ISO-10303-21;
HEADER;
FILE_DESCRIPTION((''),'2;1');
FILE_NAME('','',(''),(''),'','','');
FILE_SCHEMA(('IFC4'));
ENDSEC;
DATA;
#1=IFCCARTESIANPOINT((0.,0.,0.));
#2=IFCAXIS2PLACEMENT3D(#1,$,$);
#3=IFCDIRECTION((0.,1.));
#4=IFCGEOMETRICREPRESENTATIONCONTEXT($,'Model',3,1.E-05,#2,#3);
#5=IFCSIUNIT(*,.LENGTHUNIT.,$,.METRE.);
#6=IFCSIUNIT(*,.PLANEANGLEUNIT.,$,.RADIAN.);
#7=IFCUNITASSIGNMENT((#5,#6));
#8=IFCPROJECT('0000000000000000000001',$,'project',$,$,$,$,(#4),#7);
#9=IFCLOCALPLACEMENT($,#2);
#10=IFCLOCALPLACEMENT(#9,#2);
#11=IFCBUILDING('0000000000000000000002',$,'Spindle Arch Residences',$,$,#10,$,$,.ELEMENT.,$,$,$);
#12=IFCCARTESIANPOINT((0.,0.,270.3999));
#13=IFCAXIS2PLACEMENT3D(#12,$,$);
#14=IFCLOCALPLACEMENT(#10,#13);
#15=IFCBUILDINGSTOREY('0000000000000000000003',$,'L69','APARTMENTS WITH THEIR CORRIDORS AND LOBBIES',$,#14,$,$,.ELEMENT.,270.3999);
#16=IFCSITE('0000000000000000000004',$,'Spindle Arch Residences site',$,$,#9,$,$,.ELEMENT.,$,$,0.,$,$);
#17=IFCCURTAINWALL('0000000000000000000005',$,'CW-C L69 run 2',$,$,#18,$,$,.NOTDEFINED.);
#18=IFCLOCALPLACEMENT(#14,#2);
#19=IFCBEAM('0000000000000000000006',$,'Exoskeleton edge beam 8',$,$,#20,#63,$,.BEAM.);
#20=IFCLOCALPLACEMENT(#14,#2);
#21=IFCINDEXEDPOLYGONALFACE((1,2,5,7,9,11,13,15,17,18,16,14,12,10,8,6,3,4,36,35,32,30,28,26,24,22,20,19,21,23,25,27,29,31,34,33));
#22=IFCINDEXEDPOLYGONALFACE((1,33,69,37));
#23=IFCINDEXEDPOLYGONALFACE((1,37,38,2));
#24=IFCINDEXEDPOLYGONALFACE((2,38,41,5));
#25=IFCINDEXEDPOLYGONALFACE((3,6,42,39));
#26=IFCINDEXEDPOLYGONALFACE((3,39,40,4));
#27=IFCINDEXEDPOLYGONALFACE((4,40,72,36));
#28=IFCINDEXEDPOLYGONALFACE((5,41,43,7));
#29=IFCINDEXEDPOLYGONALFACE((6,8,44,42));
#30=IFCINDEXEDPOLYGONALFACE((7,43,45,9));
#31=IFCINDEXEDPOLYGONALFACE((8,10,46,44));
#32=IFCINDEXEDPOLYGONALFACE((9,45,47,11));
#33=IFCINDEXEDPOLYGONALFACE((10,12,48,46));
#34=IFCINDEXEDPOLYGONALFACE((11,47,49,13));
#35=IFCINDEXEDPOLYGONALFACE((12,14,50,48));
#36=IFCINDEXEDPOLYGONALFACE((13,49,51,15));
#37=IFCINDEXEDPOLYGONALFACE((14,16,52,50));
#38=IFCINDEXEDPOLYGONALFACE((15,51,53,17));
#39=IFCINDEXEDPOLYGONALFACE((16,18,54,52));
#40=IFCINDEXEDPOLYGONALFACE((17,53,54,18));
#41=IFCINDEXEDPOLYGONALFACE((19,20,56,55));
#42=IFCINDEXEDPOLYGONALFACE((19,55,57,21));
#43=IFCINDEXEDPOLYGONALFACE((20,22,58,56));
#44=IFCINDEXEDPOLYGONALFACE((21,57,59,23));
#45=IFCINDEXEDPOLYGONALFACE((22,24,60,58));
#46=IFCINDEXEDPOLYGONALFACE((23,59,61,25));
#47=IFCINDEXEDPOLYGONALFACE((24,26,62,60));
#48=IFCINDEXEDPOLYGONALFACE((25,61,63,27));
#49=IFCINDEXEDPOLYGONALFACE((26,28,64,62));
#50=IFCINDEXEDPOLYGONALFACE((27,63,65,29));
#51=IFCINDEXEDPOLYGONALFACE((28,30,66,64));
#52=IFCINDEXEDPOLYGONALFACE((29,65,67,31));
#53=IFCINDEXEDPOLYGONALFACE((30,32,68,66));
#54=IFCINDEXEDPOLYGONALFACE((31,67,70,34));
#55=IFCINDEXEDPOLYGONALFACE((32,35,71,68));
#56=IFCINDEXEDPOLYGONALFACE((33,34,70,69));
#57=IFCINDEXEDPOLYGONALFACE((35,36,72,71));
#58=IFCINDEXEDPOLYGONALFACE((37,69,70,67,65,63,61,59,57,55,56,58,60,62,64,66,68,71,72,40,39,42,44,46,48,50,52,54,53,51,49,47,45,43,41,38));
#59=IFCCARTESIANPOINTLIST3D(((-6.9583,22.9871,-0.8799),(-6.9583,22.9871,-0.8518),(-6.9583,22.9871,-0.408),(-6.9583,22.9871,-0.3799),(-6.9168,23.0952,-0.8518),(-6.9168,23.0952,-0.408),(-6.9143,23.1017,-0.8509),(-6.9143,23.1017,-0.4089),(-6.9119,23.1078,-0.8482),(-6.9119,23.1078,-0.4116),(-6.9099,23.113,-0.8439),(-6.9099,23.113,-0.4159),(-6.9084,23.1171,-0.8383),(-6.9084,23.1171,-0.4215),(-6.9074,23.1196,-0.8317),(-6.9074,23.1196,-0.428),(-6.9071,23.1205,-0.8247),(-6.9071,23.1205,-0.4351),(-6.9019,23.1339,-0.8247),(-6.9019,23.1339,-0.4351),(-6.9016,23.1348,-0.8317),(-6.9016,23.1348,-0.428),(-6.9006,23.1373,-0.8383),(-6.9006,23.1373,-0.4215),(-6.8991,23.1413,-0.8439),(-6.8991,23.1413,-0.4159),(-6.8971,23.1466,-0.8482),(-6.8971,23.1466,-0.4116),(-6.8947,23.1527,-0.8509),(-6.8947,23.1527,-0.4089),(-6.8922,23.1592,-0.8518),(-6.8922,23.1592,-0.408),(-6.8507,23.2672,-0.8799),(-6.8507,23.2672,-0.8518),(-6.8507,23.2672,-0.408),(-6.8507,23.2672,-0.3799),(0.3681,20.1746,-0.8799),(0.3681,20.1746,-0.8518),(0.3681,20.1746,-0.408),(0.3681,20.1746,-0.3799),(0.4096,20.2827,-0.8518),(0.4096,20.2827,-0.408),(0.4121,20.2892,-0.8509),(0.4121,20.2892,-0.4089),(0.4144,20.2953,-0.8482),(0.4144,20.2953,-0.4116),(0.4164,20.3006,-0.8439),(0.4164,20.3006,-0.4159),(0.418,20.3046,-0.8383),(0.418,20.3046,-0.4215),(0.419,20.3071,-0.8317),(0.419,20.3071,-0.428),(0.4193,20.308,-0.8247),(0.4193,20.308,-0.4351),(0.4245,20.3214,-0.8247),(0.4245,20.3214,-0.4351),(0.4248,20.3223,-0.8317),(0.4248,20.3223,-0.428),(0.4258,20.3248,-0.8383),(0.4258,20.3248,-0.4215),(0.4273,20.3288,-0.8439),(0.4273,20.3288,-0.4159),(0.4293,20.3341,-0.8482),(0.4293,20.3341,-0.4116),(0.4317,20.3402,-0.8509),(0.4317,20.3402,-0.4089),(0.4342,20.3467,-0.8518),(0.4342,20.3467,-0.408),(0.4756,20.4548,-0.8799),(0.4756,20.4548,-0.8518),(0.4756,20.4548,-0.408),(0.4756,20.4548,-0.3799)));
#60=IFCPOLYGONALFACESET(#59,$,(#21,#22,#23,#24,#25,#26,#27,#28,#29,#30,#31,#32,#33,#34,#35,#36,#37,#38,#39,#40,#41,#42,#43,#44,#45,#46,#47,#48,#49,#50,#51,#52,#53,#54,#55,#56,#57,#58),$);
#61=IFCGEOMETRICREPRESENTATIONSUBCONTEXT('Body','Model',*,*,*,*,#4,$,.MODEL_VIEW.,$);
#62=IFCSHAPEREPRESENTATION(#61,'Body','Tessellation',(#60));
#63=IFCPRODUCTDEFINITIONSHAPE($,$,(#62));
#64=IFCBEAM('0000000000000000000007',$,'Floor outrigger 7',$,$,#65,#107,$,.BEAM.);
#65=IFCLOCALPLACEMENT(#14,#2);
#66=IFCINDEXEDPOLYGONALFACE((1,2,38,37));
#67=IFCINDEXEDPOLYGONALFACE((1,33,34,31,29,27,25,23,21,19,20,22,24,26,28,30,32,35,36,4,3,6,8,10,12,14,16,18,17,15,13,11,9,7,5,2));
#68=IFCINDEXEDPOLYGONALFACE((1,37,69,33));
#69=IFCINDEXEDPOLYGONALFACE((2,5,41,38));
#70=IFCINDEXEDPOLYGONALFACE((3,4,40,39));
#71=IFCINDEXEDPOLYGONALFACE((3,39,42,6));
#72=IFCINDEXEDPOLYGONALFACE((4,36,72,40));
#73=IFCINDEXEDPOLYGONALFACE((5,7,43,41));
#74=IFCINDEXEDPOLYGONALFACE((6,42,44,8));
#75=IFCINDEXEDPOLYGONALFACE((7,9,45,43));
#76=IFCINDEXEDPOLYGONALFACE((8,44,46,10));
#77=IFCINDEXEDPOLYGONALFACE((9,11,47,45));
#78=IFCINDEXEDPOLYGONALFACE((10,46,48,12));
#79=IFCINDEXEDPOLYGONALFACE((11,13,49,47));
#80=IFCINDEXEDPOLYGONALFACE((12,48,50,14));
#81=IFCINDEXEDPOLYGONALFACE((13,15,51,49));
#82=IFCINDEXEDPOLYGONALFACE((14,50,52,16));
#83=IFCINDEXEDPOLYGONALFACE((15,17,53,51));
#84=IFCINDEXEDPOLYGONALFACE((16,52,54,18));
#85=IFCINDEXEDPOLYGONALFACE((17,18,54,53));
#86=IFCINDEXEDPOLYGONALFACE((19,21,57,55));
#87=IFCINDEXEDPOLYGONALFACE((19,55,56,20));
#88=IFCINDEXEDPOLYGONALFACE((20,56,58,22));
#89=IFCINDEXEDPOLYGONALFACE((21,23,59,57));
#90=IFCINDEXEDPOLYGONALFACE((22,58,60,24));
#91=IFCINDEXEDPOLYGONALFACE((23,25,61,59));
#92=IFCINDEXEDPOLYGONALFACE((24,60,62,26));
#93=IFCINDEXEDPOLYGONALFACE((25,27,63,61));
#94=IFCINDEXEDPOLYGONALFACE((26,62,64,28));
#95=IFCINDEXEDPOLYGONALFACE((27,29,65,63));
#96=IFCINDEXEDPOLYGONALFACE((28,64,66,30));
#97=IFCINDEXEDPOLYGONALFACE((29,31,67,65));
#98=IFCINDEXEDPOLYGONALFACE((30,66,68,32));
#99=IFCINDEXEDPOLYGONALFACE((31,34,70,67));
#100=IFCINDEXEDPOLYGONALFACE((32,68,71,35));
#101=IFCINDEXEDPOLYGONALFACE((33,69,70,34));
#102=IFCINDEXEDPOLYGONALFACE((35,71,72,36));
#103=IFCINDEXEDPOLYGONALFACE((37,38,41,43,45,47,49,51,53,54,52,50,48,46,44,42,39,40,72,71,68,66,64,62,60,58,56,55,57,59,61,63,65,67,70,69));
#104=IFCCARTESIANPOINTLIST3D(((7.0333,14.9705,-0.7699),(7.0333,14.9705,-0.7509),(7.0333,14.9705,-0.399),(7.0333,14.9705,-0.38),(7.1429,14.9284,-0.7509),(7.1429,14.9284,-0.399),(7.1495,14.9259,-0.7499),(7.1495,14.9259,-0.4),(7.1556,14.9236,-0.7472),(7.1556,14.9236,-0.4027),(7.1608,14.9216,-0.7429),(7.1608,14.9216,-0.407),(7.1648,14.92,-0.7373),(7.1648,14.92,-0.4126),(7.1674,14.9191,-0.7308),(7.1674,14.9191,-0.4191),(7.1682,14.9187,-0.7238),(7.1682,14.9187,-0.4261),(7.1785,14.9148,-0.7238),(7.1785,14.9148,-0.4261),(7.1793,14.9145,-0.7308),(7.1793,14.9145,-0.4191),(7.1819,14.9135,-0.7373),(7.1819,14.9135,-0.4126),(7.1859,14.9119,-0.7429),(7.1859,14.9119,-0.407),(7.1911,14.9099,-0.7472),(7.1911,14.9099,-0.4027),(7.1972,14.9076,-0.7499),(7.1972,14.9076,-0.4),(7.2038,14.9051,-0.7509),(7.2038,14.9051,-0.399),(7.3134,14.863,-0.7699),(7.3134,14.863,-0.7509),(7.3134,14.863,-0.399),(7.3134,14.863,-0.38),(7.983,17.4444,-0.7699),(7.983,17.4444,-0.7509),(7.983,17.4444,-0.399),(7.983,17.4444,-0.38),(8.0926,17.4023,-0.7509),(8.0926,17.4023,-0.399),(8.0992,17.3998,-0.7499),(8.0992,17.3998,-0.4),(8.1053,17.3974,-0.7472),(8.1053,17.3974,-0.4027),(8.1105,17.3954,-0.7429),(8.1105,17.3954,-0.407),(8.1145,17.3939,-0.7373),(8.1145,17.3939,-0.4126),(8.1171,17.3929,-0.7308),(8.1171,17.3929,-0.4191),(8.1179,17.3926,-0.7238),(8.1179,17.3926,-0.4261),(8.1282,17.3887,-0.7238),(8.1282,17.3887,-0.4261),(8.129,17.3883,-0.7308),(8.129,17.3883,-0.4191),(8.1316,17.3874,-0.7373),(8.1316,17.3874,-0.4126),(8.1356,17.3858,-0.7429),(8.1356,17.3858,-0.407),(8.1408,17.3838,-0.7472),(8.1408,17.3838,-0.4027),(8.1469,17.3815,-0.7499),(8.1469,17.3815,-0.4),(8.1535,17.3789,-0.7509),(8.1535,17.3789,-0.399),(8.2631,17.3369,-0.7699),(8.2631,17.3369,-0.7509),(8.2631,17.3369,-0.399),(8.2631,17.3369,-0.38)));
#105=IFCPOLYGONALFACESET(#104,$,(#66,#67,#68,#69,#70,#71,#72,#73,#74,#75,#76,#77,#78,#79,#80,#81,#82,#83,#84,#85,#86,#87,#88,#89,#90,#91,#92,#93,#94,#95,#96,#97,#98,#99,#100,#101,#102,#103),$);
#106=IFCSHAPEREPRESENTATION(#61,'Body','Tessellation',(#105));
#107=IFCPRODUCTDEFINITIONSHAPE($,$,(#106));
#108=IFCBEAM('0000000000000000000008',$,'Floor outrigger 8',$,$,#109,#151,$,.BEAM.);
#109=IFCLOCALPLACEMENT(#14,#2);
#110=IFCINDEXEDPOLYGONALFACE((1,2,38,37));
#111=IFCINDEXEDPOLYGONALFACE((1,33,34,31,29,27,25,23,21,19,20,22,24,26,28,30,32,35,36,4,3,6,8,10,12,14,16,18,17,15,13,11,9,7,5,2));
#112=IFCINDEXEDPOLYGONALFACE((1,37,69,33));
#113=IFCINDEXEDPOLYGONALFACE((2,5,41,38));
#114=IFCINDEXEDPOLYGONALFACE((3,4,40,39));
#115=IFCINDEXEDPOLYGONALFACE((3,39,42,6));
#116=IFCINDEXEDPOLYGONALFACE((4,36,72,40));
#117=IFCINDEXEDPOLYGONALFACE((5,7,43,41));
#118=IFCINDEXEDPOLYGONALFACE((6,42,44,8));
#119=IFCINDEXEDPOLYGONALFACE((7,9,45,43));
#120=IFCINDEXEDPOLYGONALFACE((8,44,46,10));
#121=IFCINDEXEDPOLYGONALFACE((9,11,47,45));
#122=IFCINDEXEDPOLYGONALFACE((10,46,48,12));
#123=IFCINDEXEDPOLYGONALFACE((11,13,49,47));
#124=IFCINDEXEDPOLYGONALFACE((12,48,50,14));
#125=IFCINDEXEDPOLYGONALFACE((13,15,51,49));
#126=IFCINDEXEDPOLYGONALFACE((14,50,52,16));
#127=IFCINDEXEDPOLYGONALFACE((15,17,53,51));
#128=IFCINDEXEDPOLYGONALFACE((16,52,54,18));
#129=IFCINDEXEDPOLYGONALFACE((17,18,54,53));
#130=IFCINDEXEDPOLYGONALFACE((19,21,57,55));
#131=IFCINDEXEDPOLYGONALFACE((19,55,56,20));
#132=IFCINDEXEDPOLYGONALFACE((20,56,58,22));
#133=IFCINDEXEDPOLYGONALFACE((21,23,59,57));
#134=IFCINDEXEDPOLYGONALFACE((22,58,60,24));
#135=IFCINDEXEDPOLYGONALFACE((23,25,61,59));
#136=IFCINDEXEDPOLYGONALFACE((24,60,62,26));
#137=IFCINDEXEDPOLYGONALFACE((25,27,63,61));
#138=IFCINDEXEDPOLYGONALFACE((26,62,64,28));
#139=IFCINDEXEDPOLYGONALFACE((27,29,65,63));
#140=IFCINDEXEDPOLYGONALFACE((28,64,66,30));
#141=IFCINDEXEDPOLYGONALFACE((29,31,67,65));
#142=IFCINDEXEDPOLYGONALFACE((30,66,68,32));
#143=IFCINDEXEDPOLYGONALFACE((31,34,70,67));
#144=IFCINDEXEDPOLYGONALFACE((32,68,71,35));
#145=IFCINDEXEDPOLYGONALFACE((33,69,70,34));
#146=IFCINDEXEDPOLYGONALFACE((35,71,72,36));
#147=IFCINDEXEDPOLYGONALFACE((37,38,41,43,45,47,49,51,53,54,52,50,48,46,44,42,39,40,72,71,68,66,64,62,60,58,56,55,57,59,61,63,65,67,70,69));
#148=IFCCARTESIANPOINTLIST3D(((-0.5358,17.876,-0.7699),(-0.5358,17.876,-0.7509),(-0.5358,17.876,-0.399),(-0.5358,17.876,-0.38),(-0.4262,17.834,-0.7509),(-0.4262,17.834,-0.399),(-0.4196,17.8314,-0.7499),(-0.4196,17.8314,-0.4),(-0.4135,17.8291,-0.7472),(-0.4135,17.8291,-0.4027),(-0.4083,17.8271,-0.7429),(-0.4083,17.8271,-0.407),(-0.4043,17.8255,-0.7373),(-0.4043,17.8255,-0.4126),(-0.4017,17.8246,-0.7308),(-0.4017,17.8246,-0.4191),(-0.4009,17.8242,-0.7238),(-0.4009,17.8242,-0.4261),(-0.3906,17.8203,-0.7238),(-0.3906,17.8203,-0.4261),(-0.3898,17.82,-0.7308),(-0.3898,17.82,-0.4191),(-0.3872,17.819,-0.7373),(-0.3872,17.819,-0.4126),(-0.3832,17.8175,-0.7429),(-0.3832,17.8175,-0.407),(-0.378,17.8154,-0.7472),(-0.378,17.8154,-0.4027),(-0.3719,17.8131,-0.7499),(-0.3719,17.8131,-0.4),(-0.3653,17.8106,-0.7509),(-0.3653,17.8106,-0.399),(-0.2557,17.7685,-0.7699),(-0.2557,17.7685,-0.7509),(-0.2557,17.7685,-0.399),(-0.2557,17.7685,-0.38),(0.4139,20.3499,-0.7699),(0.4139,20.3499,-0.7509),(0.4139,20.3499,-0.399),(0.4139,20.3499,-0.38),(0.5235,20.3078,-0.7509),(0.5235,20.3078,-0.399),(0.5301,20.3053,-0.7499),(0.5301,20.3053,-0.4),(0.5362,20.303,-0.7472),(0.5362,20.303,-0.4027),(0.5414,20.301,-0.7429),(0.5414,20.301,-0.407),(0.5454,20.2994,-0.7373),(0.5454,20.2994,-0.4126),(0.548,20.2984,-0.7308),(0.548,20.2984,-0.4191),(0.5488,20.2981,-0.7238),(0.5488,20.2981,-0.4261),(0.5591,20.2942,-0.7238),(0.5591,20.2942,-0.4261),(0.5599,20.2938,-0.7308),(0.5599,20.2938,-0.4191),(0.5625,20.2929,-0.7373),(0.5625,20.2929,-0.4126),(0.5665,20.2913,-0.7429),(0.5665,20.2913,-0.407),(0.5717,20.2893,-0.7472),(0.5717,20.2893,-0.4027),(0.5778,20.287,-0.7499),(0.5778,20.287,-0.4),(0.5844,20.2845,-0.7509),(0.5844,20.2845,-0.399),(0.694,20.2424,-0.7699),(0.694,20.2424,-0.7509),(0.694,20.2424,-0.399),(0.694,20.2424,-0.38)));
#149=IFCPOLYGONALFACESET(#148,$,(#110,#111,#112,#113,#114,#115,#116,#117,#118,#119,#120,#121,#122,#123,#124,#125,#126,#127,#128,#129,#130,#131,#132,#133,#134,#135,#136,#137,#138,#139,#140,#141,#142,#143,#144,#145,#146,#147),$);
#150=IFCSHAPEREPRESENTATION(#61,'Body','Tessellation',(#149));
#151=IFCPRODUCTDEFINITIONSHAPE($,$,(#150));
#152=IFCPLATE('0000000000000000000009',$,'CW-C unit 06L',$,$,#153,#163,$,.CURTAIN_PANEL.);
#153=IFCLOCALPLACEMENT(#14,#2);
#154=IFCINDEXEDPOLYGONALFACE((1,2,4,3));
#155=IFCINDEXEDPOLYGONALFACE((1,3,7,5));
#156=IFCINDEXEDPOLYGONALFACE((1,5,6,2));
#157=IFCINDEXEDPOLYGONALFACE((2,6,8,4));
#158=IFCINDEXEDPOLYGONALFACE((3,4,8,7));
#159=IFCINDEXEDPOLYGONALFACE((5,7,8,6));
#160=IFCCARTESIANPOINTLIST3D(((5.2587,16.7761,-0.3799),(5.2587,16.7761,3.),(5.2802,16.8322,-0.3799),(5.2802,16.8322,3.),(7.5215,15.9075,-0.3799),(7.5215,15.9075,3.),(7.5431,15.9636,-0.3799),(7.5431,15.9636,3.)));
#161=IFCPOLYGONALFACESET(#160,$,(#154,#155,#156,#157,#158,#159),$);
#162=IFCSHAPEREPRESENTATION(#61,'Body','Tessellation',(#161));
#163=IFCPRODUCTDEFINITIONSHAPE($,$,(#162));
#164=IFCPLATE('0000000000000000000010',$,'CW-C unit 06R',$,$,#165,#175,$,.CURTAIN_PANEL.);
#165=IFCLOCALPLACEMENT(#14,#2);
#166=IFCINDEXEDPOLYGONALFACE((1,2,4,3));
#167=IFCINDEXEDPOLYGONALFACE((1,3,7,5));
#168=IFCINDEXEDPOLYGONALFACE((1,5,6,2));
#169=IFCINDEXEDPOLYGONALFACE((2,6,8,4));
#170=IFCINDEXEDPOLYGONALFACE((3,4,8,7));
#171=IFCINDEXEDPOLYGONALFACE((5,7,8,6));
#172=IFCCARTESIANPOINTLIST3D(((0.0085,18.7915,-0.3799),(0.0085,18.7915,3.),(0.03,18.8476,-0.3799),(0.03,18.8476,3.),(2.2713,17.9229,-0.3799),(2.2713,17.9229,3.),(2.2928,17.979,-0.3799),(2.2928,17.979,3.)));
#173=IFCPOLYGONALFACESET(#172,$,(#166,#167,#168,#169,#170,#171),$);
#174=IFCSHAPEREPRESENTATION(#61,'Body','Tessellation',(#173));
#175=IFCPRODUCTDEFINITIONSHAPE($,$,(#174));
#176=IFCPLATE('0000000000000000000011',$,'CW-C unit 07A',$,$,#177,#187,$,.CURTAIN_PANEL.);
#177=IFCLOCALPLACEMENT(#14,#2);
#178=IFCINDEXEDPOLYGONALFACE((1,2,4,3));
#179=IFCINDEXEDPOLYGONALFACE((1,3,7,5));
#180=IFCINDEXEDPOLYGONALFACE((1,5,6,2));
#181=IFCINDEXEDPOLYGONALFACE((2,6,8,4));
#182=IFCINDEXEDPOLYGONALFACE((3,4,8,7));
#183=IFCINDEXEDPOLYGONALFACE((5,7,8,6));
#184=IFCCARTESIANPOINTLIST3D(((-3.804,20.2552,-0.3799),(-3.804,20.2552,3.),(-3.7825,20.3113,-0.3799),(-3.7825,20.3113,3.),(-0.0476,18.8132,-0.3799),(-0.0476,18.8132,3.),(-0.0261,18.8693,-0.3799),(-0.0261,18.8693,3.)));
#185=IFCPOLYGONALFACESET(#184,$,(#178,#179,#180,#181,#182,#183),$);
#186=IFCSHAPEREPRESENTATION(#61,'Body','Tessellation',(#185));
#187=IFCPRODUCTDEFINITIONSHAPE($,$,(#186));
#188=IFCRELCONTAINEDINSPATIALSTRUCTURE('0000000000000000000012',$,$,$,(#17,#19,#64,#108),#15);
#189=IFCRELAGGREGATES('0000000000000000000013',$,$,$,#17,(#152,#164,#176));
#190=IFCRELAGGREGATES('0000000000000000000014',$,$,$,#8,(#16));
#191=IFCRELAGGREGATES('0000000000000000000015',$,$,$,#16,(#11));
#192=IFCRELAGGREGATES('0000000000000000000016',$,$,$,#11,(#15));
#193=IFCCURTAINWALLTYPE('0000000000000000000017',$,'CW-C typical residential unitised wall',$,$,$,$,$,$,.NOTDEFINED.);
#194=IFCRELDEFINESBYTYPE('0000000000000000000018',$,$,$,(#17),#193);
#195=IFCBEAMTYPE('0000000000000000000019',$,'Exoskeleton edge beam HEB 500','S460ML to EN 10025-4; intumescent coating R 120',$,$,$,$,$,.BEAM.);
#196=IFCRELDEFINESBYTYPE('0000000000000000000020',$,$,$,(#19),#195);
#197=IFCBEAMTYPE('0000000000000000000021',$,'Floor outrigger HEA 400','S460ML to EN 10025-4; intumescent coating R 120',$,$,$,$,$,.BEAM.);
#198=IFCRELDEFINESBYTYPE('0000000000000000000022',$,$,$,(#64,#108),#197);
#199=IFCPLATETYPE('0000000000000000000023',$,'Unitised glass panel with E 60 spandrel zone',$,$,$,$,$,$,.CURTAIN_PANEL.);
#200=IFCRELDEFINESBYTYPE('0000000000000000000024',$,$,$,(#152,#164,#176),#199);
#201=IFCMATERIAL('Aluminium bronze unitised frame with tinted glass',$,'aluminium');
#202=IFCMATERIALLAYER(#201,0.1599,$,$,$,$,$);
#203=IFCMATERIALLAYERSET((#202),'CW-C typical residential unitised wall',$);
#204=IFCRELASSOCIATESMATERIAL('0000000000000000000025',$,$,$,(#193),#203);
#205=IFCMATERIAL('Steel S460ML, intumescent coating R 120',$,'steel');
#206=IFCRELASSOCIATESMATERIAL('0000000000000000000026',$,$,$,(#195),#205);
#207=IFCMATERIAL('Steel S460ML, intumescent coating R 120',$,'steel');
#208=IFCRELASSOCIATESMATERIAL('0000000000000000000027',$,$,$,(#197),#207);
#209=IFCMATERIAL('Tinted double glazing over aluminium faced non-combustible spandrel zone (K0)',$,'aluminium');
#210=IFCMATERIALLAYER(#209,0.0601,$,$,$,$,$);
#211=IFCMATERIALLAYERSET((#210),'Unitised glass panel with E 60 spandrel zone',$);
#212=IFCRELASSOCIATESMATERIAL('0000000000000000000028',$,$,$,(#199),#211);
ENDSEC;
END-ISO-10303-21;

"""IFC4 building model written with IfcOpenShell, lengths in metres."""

from ifc_helpers import new_model, si_unit, direction, frame, origin, origin_2d, place, context, subcontext, project, spatial, rectangle, i_section, extrude, material, layer, layer_set, material_profile, profile_set, type_object, element, aggregate, save


model = new_model("IFC4")

# Units and contexts
model_context = context("Model", 3, precision=1e-05, world=origin(), true_north=direction((0.0, 1.0)))
body_context = subcontext(model_context, "Body", "Model", "MODEL_VIEW")
ifc_project = project(units=[si_unit("LENGTHUNIT", "METRE"), si_unit("PLANEANGLEUNIT", "RADIAN")], contexts=[model_context])

# Site, building, storey
site_placement = place(None, origin())
site = spatial("IfcSite", under=ifc_project, at=site_placement, Name="Spindle Arch Residences site", CompositionType="ELEMENT", RefElevation=0.0)
building_placement = place(site_placement, origin())
building = spatial("IfcBuilding", under=site, at=building_placement, Name="Spindle Arch Residences", CompositionType="ELEMENT")
storey_placement = place(building_placement, frame((0.0, 0.0, 270.3999)))
storey = spatial("IfcBuildingStorey", under=building, at=storey_placement, Name="L69", Description="APARTMENTS WITH THEIR CORRIDORS AND LOBBIES", CompositionType="ELEMENT", Elevation=270.3999)

# Curtain wall
ifc_material_1 = material(Name="Aluminium bronze unitised frame with tinted glass", Category="aluminium")
ifc_layer_1 = layer(ifc_material_1, 0.1599)
ifc_layer_set_1 = layer_set([ifc_layer_1], Name="CW-C typical residential unitised wall")
curtain_wall_type = type_object("IfcCurtainWallType", Name="CW-C typical residential unitised wall", PredefinedType="NOTDEFINED", material=ifc_layer_set_1)
curtain_wall_placement = place(storey_placement, origin())
curtain_wall = element("IfcCurtainWall", 1, at=curtain_wall_placement, inside=storey, type_object=curtain_wall_type, Name="CW-C L69 run 2", PredefinedType="NOTDEFINED")

# Beams
ifc_material_2 = material(Name="Steel S460ML, intumescent coating R 120", Category="steel")
ifc_material_profile_1 = material_profile(ifc_material_2, i_section(OverallWidth=0.3, OverallDepth=0.5, WebThickness=0.0144, FlangeThickness=0.0281, FilletRadius=0.0271, at=origin_2d()), Name="HEB 500")
ifc_profile_set_1 = profile_set([ifc_material_profile_1], Name="Steel S460ML, intumescent coating R 120")
beam_type_1 = type_object("IfcBeamType", Name="Exoskeleton edge beam HEB 500", Description="S460ML to EN 10025-4; intumescent coating R 120", PredefinedType="BEAM", material=ifc_profile_set_1)
for number, where, z_axis, x_axis, name in (
    (2, (0.4219, 20.3147, -0.6299), (-0.933574, 0.358385, 0.0), (-0.358385, -0.933574, 0.0), "Exoskeleton edge beam 8"),
):
    element("IfcBeam", number, at=place(storey_placement, frame(where, z_axis=z_axis, x_axis=x_axis)), inside=storey, type_object=beam_type_1, Name=name, PredefinedType="BEAM", context=body_context, shape_type="SweptSolid", body=[
        extrude(i_section(OverallWidth=0.3, OverallDepth=0.5, WebThickness=0.0144, FlangeThickness=0.0281, FilletRadius=0.0271, at=origin_2d()), origin(), (0.0, 0.0, 1.0), 7.8477),
    ])
ifc_material_3 = material(Name="Steel S460ML, intumescent coating R 120", Category="steel")
ifc_material_profile_2 = material_profile(ifc_material_3, i_section(OverallWidth=0.3, OverallDepth=0.3899, WebThickness=0.011, FlangeThickness=0.019, FilletRadius=0.0271, at=origin_2d()), Name="HEA 400")
ifc_profile_set_2 = profile_set([ifc_material_profile_2], Name="Steel S460ML, intumescent coating R 120")
beam_type_2 = type_object("IfcBeamType", Name="Floor outrigger HEA 400", Description="S460ML to EN 10025-4; intumescent coating R 120", PredefinedType="BEAM", material=ifc_profile_set_2)
for number, where, z_axis, x_axis, name in (
    (3, (8.123, 17.3906, -0.575), (-0.358392, -0.933571, 0.0), (0.933571, -0.358392, 0.0), "Floor outrigger 7"),
    (4, (0.554, 20.2961, -0.575), (-0.358392, -0.933571, 0.0), (0.933571, -0.358392, 0.0), "Floor outrigger 8"),
):
    element("IfcBeam", number, at=place(storey_placement, frame(where, z_axis=z_axis, x_axis=x_axis)), inside=storey, type_object=beam_type_2, Name=name, PredefinedType="BEAM", context=body_context, shape_type="SweptSolid", body=[
        extrude(i_section(OverallWidth=0.3, OverallDepth=0.3899, WebThickness=0.011, FlangeThickness=0.019, FilletRadius=0.0271, at=origin_2d()), origin(), (0.0, 0.0, 1.0), 2.6499),
    ])

# Plates
ifc_material_4 = material(Name="Tinted double glazing over aluminium faced non-combustible spandrel zone (K0)", Category="aluminium")
ifc_layer_2 = layer(ifc_material_4, 0.0601)
ifc_layer_set_2 = layer_set([ifc_layer_2], Name="Unitised glass panel with E 60 spandrel zone")
plate_type = type_object("IfcPlateType", Name="Unitised glass panel with E 60 spandrel zone", PredefinedType="CURTAIN_PANEL", material=ifc_layer_set_2)
plate_1_placement = place(storey_placement, frame((6.4009, 16.3699, -0.3799), z_axis=(0.0, 0.0, 1.0), x_axis=(-0.93358, 0.358368, 0.0)))
plate_1 = element("IfcPlate", 5, at=plate_1_placement, type_object=plate_type, Name="CW-C unit 06L", PredefinedType="CURTAIN_PANEL", context=body_context, shape_type="SweptSolid", body=[
    extrude(rectangle(XDim=2.4238, YDim=0.0601, at=origin_2d()), origin(), (0.0, 0.0, 1.0), 3.3799),
])
plate_2_placement = place(storey_placement, frame((1.1506, 18.3853, -0.3799), z_axis=(0.0, 0.0, 1.0), x_axis=(-0.93358, 0.358368, 0.0)))
plate_2 = element("IfcPlate", 6, at=plate_2_placement, type_object=plate_type, Name="CW-C unit 06R", PredefinedType="CURTAIN_PANEL", context=body_context, shape_type="SweptSolid", body=[
    extrude(rectangle(XDim=2.4238, YDim=0.0601, at=origin_2d()), origin(), (0.0, 0.0, 1.0), 3.3799),
])
plate_3_placement = place(storey_placement, frame((-1.915, 19.5623, -0.3799), z_axis=(0.0, 0.0, 1.0), x_axis=(-0.93358, 0.358368, 0.0)))
plate_3 = element("IfcPlate", 7, at=plate_3_placement, type_object=plate_type, Name="CW-C unit 07A", PredefinedType="CURTAIN_PANEL", context=body_context, shape_type="SweptSolid", body=[
    extrude(rectangle(XDim=4.0237, YDim=0.0601, at=origin_2d()), origin(), (0.0, 0.0, 1.0), 3.3799),
])
aggregate(curtain_wall, [plate_1, plate_2, plate_3])

save(model, "model.ifc")
